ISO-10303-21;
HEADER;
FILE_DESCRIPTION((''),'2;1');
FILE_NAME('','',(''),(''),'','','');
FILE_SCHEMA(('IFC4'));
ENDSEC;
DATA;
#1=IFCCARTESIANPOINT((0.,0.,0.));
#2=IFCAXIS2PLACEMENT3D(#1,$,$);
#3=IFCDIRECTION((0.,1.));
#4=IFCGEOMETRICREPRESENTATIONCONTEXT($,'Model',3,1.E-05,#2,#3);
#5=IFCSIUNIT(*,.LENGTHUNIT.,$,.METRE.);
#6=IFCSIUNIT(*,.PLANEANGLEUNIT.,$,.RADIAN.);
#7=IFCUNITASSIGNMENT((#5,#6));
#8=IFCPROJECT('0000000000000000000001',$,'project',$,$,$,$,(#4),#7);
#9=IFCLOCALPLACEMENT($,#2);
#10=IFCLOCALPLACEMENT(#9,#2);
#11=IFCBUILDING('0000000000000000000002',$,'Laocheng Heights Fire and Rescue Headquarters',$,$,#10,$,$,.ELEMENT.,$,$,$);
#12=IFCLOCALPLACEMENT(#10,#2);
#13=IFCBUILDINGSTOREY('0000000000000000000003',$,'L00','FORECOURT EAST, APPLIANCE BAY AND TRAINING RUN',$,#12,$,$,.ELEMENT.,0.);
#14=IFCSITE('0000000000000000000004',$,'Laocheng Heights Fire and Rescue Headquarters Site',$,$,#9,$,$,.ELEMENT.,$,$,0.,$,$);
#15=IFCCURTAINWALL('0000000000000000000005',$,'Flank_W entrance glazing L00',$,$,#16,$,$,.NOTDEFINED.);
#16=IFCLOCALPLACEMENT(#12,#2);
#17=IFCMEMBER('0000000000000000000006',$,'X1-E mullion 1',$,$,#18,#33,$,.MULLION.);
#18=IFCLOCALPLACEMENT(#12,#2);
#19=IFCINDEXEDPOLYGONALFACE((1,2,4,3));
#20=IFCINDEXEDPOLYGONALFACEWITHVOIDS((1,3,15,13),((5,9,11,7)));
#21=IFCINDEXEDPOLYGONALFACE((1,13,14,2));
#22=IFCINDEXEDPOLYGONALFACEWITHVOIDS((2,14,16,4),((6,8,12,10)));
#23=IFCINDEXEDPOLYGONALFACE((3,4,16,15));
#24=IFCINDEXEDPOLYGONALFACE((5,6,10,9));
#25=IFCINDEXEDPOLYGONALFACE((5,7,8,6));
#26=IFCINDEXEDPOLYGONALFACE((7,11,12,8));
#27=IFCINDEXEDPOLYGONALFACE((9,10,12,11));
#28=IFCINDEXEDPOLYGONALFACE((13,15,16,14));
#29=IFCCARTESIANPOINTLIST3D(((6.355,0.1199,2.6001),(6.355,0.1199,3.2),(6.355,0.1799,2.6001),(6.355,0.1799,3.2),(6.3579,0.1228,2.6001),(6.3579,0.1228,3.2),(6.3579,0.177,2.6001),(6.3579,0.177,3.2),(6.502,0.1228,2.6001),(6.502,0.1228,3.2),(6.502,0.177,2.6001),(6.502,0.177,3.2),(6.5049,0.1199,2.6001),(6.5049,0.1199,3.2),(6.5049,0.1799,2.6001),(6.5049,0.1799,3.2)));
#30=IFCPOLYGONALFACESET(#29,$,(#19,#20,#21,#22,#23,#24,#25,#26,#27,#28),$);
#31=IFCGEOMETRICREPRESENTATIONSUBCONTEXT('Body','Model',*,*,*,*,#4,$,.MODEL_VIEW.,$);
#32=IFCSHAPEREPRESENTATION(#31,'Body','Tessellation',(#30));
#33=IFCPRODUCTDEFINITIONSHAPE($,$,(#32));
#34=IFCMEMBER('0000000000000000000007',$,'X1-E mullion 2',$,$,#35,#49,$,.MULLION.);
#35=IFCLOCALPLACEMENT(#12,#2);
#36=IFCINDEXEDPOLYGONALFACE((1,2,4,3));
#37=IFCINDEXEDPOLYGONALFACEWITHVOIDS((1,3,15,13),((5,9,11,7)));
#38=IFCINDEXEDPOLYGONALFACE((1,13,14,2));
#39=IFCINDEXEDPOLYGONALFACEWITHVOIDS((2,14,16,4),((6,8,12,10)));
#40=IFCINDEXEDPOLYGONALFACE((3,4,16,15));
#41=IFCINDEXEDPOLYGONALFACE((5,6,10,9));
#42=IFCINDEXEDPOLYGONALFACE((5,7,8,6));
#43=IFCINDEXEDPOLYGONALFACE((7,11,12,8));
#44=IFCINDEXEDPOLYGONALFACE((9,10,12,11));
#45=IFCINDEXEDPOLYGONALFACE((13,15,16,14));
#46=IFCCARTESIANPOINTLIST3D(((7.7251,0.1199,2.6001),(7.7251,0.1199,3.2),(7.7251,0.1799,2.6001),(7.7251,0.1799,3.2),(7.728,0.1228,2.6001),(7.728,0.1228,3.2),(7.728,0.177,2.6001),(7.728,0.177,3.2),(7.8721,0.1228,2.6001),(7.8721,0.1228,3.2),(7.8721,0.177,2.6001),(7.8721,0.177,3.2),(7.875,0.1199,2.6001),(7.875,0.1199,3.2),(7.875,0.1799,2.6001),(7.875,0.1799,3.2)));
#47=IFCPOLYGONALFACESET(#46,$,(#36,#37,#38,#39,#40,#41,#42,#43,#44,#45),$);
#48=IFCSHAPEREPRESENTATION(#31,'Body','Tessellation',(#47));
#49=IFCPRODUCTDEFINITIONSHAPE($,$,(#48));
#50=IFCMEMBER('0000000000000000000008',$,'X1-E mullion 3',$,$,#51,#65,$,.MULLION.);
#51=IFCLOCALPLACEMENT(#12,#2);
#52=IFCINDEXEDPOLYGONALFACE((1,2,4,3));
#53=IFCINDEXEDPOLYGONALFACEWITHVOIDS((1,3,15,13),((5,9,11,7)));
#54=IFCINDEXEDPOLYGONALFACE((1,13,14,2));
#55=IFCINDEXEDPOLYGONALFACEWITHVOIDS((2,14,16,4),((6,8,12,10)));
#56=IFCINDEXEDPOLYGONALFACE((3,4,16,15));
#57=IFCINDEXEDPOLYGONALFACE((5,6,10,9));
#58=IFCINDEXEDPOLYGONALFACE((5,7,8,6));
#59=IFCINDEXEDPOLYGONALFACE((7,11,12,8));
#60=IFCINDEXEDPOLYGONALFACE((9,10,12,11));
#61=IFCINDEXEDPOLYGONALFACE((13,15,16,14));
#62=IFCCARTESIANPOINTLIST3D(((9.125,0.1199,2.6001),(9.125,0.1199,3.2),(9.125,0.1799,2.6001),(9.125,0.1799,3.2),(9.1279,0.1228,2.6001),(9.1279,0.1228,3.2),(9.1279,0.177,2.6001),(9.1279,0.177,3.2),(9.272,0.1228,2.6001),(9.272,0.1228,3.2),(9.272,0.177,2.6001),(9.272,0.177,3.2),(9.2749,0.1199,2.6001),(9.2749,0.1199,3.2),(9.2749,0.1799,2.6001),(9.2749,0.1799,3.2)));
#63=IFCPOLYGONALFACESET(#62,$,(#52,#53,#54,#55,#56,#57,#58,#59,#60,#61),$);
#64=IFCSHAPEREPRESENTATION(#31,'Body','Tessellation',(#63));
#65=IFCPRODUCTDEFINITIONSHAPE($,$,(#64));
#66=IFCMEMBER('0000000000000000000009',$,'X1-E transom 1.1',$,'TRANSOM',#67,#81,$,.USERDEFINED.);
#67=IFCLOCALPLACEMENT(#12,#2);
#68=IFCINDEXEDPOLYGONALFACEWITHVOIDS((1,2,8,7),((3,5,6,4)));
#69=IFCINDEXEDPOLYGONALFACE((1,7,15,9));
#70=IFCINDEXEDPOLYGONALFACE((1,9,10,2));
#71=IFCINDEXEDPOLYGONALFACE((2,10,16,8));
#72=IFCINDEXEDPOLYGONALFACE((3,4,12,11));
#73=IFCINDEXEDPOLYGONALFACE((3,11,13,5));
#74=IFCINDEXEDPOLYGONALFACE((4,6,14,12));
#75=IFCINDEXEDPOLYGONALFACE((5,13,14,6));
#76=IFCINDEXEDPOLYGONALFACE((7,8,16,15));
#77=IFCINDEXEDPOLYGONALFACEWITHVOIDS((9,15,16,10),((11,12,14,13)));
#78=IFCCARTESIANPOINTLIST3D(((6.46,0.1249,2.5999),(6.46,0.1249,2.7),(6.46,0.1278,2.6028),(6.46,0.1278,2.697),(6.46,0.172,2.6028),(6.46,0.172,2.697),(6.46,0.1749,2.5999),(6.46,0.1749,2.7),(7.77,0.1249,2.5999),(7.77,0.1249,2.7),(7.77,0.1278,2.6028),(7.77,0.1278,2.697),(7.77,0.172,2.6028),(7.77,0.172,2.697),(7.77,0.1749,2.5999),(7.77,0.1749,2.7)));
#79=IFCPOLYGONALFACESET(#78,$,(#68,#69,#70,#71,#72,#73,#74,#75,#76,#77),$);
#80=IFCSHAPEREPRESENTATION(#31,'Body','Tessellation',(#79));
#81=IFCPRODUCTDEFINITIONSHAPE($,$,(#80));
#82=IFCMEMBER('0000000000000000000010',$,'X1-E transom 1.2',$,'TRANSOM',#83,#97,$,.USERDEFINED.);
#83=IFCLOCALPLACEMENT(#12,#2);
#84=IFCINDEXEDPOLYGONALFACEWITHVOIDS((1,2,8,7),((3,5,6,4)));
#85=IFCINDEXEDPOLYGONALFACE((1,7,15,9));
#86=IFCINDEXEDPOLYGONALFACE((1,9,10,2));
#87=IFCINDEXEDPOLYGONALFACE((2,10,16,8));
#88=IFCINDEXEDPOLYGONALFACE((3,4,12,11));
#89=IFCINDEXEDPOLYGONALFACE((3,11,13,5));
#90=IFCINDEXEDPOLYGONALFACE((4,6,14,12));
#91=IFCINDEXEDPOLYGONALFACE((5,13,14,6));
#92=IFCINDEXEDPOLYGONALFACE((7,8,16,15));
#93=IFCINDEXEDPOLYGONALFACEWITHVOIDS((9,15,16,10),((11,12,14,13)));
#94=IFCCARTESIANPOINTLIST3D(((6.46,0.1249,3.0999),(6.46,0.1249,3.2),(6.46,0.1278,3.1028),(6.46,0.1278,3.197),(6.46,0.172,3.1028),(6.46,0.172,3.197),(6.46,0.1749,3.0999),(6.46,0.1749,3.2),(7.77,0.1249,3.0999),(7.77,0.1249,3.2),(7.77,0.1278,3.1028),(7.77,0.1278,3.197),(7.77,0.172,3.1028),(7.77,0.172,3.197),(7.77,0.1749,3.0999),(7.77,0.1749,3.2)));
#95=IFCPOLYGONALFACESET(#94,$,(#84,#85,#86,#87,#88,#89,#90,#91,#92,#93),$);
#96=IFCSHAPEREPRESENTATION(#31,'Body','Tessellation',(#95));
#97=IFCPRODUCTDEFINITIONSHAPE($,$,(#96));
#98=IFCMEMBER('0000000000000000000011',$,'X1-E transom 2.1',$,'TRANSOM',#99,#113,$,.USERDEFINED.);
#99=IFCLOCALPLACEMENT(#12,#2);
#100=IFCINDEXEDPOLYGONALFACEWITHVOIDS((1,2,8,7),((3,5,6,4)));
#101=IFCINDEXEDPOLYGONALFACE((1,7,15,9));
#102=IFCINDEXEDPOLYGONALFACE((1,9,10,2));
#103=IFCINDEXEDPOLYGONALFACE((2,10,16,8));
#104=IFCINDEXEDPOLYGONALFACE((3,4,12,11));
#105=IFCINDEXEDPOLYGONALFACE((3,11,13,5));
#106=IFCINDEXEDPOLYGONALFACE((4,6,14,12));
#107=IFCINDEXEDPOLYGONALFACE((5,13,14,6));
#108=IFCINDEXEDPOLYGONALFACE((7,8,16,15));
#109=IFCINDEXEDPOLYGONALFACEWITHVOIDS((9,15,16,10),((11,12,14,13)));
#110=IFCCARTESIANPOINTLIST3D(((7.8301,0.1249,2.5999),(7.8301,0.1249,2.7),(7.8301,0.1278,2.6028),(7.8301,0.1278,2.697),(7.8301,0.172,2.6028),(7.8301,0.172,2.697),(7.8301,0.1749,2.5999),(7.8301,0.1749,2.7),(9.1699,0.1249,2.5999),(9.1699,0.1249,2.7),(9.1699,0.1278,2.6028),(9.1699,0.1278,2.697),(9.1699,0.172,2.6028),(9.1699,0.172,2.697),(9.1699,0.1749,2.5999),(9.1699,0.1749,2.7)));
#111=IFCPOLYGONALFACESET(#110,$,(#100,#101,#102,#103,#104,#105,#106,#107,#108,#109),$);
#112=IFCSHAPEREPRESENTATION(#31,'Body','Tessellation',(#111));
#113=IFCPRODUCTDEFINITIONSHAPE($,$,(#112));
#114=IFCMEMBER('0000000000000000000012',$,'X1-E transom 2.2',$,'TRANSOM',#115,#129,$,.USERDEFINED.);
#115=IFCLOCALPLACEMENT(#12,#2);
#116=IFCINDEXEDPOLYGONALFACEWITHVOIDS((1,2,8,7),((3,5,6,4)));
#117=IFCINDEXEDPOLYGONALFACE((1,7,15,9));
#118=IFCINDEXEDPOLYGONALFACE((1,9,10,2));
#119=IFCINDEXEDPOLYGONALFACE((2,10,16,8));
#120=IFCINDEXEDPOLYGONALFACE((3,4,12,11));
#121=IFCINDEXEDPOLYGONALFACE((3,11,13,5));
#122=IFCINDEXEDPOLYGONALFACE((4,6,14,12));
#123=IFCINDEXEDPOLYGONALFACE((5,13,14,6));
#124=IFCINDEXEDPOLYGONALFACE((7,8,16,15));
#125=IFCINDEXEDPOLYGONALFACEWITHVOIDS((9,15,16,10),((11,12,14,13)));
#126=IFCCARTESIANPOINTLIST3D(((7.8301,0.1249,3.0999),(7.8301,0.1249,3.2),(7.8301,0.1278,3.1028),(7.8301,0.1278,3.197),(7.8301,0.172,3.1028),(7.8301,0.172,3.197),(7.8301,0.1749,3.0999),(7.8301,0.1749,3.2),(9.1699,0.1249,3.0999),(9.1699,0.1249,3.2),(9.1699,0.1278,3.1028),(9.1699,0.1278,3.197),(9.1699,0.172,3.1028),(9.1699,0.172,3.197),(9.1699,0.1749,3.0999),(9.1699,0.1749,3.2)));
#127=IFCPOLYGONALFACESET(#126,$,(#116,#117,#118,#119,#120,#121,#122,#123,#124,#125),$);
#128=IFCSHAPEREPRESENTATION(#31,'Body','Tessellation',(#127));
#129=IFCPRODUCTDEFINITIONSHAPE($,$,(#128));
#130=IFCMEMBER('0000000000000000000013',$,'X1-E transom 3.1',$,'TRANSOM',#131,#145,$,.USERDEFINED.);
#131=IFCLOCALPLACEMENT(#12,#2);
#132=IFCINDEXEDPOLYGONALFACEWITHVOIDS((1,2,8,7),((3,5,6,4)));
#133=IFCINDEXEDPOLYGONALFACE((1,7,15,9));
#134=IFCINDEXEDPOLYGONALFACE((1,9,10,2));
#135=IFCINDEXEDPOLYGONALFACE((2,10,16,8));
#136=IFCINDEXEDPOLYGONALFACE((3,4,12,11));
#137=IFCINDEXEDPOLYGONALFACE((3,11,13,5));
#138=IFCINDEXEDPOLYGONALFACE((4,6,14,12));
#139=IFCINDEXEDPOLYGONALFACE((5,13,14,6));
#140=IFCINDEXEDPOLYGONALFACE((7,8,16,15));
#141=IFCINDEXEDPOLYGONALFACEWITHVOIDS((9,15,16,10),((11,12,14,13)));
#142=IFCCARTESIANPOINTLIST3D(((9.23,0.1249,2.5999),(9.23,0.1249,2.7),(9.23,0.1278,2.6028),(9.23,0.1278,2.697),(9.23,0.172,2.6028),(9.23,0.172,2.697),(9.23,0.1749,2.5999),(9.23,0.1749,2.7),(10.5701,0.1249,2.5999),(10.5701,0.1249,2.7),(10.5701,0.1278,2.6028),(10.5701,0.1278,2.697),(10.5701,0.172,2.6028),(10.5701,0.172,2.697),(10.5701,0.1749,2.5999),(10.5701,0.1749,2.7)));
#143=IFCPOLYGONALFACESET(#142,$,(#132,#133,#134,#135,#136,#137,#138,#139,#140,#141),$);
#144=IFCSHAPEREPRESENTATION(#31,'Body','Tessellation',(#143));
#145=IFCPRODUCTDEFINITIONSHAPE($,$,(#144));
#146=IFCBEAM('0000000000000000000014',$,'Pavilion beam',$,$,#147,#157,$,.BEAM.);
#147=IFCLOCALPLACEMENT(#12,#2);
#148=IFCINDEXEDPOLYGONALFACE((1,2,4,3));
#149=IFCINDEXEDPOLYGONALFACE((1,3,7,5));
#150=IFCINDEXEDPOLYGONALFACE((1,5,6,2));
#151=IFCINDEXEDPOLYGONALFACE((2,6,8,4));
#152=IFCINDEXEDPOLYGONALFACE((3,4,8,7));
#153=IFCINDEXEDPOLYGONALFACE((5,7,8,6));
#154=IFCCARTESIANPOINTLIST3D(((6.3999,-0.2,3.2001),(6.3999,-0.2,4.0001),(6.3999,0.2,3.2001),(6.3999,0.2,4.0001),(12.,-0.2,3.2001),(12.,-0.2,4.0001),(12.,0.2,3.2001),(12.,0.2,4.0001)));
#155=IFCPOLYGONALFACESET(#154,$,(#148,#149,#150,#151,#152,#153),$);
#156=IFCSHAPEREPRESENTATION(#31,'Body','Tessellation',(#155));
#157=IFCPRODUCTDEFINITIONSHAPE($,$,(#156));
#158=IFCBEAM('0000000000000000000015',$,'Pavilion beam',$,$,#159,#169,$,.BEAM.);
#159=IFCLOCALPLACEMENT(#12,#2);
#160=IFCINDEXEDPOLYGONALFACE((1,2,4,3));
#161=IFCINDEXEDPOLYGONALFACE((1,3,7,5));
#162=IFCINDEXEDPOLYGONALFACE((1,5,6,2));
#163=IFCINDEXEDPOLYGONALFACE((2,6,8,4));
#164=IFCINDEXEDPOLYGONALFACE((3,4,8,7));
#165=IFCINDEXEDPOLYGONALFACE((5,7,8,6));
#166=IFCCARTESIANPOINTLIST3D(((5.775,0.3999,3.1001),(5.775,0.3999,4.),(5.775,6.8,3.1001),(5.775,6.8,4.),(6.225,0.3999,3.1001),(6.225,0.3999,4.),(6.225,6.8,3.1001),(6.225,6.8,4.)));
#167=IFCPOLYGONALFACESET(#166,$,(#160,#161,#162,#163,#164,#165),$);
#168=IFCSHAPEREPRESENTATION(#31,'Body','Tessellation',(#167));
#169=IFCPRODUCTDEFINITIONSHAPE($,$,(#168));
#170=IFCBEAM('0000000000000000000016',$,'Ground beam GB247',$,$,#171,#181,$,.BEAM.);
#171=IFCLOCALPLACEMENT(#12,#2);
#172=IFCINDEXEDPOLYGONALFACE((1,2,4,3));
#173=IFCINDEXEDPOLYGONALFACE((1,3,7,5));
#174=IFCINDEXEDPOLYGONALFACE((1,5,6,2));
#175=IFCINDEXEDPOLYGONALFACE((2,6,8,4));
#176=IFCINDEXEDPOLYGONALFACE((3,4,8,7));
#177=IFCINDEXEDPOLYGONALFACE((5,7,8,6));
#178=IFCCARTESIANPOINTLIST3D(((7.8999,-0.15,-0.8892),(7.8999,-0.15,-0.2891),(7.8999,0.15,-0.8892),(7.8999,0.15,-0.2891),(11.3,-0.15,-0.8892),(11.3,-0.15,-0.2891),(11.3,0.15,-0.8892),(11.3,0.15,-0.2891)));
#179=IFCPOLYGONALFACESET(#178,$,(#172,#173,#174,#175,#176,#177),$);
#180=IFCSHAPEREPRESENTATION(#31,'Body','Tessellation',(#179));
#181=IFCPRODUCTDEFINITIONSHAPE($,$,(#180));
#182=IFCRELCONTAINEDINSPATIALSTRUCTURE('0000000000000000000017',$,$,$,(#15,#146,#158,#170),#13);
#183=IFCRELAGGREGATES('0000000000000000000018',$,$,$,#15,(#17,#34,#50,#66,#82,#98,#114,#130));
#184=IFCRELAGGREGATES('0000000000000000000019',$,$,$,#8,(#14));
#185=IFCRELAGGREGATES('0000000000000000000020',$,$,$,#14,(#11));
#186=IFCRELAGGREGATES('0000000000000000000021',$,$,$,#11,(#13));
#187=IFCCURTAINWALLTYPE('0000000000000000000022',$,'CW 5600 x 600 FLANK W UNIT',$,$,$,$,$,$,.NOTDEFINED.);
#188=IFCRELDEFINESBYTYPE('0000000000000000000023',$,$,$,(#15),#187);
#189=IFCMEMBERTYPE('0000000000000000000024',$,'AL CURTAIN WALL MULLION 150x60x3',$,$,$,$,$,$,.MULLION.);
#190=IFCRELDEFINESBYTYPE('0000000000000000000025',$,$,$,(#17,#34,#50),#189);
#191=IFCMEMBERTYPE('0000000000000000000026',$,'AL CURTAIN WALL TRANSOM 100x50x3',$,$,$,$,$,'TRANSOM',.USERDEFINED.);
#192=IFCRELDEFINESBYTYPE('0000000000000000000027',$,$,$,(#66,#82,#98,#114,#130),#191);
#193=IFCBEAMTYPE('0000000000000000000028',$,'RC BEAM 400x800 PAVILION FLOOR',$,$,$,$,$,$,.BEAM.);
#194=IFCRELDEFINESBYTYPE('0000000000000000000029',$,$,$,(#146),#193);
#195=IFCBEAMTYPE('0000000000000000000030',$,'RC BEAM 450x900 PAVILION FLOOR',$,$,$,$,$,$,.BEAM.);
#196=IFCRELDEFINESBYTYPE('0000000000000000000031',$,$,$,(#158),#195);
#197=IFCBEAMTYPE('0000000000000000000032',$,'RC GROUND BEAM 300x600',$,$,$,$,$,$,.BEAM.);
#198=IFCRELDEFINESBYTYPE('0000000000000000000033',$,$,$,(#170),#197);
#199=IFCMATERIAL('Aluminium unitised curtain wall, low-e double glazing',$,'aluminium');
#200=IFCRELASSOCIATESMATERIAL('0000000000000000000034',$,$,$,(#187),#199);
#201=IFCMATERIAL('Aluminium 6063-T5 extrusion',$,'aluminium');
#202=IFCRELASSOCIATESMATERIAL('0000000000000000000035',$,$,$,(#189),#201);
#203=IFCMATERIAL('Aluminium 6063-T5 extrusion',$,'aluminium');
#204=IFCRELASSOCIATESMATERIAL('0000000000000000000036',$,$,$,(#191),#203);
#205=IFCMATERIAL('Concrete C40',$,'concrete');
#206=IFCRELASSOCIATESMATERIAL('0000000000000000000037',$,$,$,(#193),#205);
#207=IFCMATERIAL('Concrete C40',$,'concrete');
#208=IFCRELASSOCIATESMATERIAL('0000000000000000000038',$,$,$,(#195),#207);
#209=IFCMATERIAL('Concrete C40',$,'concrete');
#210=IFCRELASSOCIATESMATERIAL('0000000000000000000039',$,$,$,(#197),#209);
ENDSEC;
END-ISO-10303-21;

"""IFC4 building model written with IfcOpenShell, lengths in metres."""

from ifc_helpers import new_model, si_unit, direction, frame, origin, origin_2d, place, context, subcontext, project, spatial, rectangle, hollow_rectangle, extrude, material, material_profile, profile_set, type_object, element, aggregate, save


model = new_model("IFC4")

# Units and contexts
model_context = context("Model", 3, precision=1e-05, world=origin(), true_north=direction((0.0, 1.0)))
body_context = subcontext(model_context, "Body", "Model", "MODEL_VIEW")
ifc_project = project(units=[si_unit("LENGTHUNIT", "METRE"), si_unit("PLANEANGLEUNIT", "RADIAN")], contexts=[model_context])

# Site, building, storey
site_placement = place(None, origin())
site = spatial("IfcSite", under=ifc_project, at=site_placement, Name="Laocheng Heights Fire and Rescue Headquarters Site", CompositionType="ELEMENT", RefElevation=0.0)
building_placement = place(site_placement, origin())
building = spatial("IfcBuilding", under=site, at=building_placement, Name="Laocheng Heights Fire and Rescue Headquarters", CompositionType="ELEMENT")
storey_placement = place(building_placement, origin())
storey = spatial("IfcBuildingStorey", under=building, at=storey_placement, Name="L00", Description="FORECOURT EAST, APPLIANCE BAY AND TRAINING RUN", CompositionType="ELEMENT", Elevation=0.0)

# Curtain wall, members
ifc_material_1 = material(Name="Aluminium unitised curtain wall, low-e double glazing", Category="aluminium")
curtain_wall_type = type_object("IfcCurtainWallType", Name="CW 5600 x 600 FLANK W UNIT", PredefinedType="NOTDEFINED", material=ifc_material_1)
curtain_wall_placement = place(storey_placement, origin())
curtain_wall = element("IfcCurtainWall", 1, at=curtain_wall_placement, inside=storey, type_object=curtain_wall_type, Name="Flank_W entrance glazing L00", PredefinedType="NOTDEFINED")
ifc_material_2 = material(Name="Aluminium 6063-T5 extrusion", Category="aluminium")
ifc_material_profile_1 = material_profile(ifc_material_2, hollow_rectangle(XDim=0.0601, YDim=0.1499, WallThickness=0.0029, at=origin_2d()), Name="AL MULLION 150x60x3")
ifc_profile_set_1 = profile_set([ifc_material_profile_1], Name="Aluminium 6063-T5 extrusion")
member_type_1 = type_object("IfcMemberType", Name="AL CURTAIN WALL MULLION 150x60x3", PredefinedType="MULLION", material=ifc_profile_set_1)
member_1_placement = place(storey_placement, frame((6.4299, 0.1499, 2.6001), z_axis=(0.0, 0.0, 1.0), x_axis=(0.0, 1.0, 0.0)))
member_1 = element("IfcMember", 2, at=member_1_placement, type_object=member_type_1, Name="X1-E mullion 1", PredefinedType="MULLION", context=body_context, shape_type="SweptSolid", body=[
    extrude(hollow_rectangle(XDim=0.0601, YDim=0.1499, WallThickness=0.0029, at=origin_2d()), origin(), (0.0, 0.0, 1.0), 0.5999),
])
member_2_placement = place(storey_placement, frame((7.8, 0.1499, 2.6001), z_axis=(0.0, 0.0, 1.0), x_axis=(0.0, 1.0, 0.0)))
member_2 = element("IfcMember", 3, at=member_2_placement, type_object=member_type_1, Name="X1-E mullion 2", PredefinedType="MULLION", context=body_context, shape_type="SweptSolid", body=[
    extrude(hollow_rectangle(XDim=0.0601, YDim=0.1499, WallThickness=0.0029, at=origin_2d()), origin(), (0.0, 0.0, 1.0), 0.5999),
])
member_3_placement = place(storey_placement, frame((9.2, 0.1499, 2.6001), z_axis=(0.0, 0.0, 1.0), x_axis=(0.0, 1.0, 0.0)))
member_3 = element("IfcMember", 4, at=member_3_placement, type_object=member_type_1, Name="X1-E mullion 3", PredefinedType="MULLION", context=body_context, shape_type="SweptSolid", body=[
    extrude(hollow_rectangle(XDim=0.0601, YDim=0.1499, WallThickness=0.0029, at=origin_2d()), origin(), (0.0, 0.0, 1.0), 0.5999),
])
ifc_material_3 = material(Name="Aluminium 6063-T5 extrusion", Category="aluminium")
ifc_material_profile_2 = material_profile(ifc_material_3, hollow_rectangle(XDim=0.05, YDim=0.1001, WallThickness=0.0029, at=origin_2d()), Name="AL TRANSOM 100x50x3")
ifc_profile_set_2 = profile_set([ifc_material_profile_2], Name="Aluminium 6063-T5 extrusion")
member_type_2 = type_object("IfcMemberType", Name="AL CURTAIN WALL TRANSOM 100x50x3", ElementType="TRANSOM", PredefinedType="USERDEFINED", material=ifc_profile_set_2)
member_4_placement = place(storey_placement, frame((6.46, 0.1499, 2.6499), z_axis=(1.0, 0.0, 0.0), x_axis=(0.0, 1.0, 0.0)))
member_4 = element("IfcMember", 5, at=member_4_placement, type_object=member_type_2, Name="X1-E transom 1.1", ObjectType="TRANSOM", PredefinedType="USERDEFINED", context=body_context, shape_type="SweptSolid", body=[
    extrude(hollow_rectangle(XDim=0.05, YDim=0.1001, WallThickness=0.0029, at=origin_2d()), origin(), (0.0, 0.0, 1.0), 1.3101),
])
member_5_placement = place(storey_placement, frame((6.46, 0.1499, 3.1499), z_axis=(1.0, 0.0, 0.0), x_axis=(0.0, 1.0, 0.0)))
member_5 = element("IfcMember", 6, at=member_5_placement, type_object=member_type_2, Name="X1-E transom 1.2", ObjectType="TRANSOM", PredefinedType="USERDEFINED", context=body_context, shape_type="SweptSolid", body=[
    extrude(hollow_rectangle(XDim=0.05, YDim=0.1001, WallThickness=0.0029, at=origin_2d()), origin(), (0.0, 0.0, 1.0), 1.3101),
])
member_6_placement = place(storey_placement, frame((7.8301, 0.1499, 2.6499), z_axis=(1.0, 0.0, 0.0), x_axis=(0.0, 1.0, 0.0)))
member_6 = element("IfcMember", 7, at=member_6_placement, type_object=member_type_2, Name="X1-E transom 2.1", ObjectType="TRANSOM", PredefinedType="USERDEFINED", context=body_context, shape_type="SweptSolid", body=[
    extrude(hollow_rectangle(XDim=0.05, YDim=0.1001, WallThickness=0.0029, at=origin_2d()), origin(), (0.0, 0.0, 1.0), 1.3398),
])
member_7_placement = place(storey_placement, frame((7.8301, 0.1499, 3.1499), z_axis=(1.0, 0.0, 0.0), x_axis=(0.0, 1.0, 0.0)))
member_7 = element("IfcMember", 8, at=member_7_placement, type_object=member_type_2, Name="X1-E transom 2.2", ObjectType="TRANSOM", PredefinedType="USERDEFINED", context=body_context, shape_type="SweptSolid", body=[
    extrude(hollow_rectangle(XDim=0.05, YDim=0.1001, WallThickness=0.0029, at=origin_2d()), origin(), (0.0, 0.0, 1.0), 1.3398),
])
member_8_placement = place(storey_placement, frame((9.23, 0.1499, 2.6499), z_axis=(1.0, 0.0, 0.0), x_axis=(0.0, 1.0, 0.0)))
member_8 = element("IfcMember", 9, at=member_8_placement, type_object=member_type_2, Name="X1-E transom 3.1", ObjectType="TRANSOM", PredefinedType="USERDEFINED", context=body_context, shape_type="SweptSolid", body=[
    extrude(hollow_rectangle(XDim=0.05, YDim=0.1001, WallThickness=0.0029, at=origin_2d()), origin(), (0.0, 0.0, 1.0), 1.3401),
])

# Beams
ifc_material_4 = material(Name="Concrete C40", Category="concrete")
ifc_material_profile_3 = material_profile(ifc_material_4, rectangle(XDim=0.3999, YDim=0.8, at=origin_2d()), Name="RC BEAM 400x800 PAVILION FLOOR")
ifc_profile_set_3 = profile_set([ifc_material_profile_3], Name="Concrete C40")
beam_type_1 = type_object("IfcBeamType", Name="RC BEAM 400x800 PAVILION FLOOR", PredefinedType="BEAM", material=ifc_profile_set_3)
beam_1_placement = place(storey_placement, frame((6.3999, 0.0, 3.6001), z_axis=(1.0, 0.0, 0.0), x_axis=(0.0, 1.0, 0.0)))
element("IfcBeam", 10, at=beam_1_placement, inside=storey, type_object=beam_type_1, Name="Pavilion beam", PredefinedType="BEAM", context=body_context, shape_type="SweptSolid", body=[
    extrude(rectangle(XDim=0.3999, YDim=0.8, at=origin_2d()), origin(), (0.0, 0.0, 1.0), 5.6001),
])
ifc_material_5 = material(Name="Concrete C40", Category="concrete")
ifc_material_profile_4 = material_profile(ifc_material_5, rectangle(XDim=0.45, YDim=0.8999, at=origin_2d()), Name="RC BEAM 450x900 PAVILION FLOOR")
ifc_profile_set_4 = profile_set([ifc_material_profile_4], Name="Concrete C40")
beam_type_2 = type_object("IfcBeamType", Name="RC BEAM 450x900 PAVILION FLOOR", PredefinedType="BEAM", material=ifc_profile_set_4)
beam_2_placement = place(storey_placement, frame((6.0, 0.3999, 3.55), z_axis=(0.0, 1.0, 0.0), x_axis=(-1.0, 0.0, 0.0)))
element("IfcBeam", 11, at=beam_2_placement, inside=storey, type_object=beam_type_2, Name="Pavilion beam", PredefinedType="BEAM", context=body_context, shape_type="SweptSolid", body=[
    extrude(rectangle(XDim=0.45, YDim=0.8999, at=origin_2d()), origin(), (0.0, 0.0, 1.0), 6.4001),
])
ifc_material_6 = material(Name="Concrete C40", Category="concrete")
ifc_material_profile_5 = material_profile(ifc_material_6, rectangle(XDim=0.3, YDim=0.6001, at=origin_2d()), Name="RC GROUND BEAM 300x600")
ifc_profile_set_5 = profile_set([ifc_material_profile_5], Name="Concrete C40")
beam_type_3 = type_object("IfcBeamType", Name="RC GROUND BEAM 300x600", PredefinedType="BEAM", material=ifc_profile_set_5)
beam_3_placement = place(storey_placement, frame((7.8999, 0.0, -0.5891), z_axis=(1.0, 0.0, 0.0), x_axis=(0.0, 1.0, 0.0)))
element("IfcBeam", 12, at=beam_3_placement, inside=storey, type_object=beam_type_3, Name="Ground beam GB247", PredefinedType="BEAM", context=body_context, shape_type="SweptSolid", body=[
    extrude(rectangle(XDim=0.3, YDim=0.6001, at=origin_2d()), origin(), (0.0, 0.0, 1.0), 3.4001),
])

aggregate(curtain_wall, [member_1, member_2, member_3, member_4, member_5, member_6, member_7, member_8])

save(model, "model.ifc")
